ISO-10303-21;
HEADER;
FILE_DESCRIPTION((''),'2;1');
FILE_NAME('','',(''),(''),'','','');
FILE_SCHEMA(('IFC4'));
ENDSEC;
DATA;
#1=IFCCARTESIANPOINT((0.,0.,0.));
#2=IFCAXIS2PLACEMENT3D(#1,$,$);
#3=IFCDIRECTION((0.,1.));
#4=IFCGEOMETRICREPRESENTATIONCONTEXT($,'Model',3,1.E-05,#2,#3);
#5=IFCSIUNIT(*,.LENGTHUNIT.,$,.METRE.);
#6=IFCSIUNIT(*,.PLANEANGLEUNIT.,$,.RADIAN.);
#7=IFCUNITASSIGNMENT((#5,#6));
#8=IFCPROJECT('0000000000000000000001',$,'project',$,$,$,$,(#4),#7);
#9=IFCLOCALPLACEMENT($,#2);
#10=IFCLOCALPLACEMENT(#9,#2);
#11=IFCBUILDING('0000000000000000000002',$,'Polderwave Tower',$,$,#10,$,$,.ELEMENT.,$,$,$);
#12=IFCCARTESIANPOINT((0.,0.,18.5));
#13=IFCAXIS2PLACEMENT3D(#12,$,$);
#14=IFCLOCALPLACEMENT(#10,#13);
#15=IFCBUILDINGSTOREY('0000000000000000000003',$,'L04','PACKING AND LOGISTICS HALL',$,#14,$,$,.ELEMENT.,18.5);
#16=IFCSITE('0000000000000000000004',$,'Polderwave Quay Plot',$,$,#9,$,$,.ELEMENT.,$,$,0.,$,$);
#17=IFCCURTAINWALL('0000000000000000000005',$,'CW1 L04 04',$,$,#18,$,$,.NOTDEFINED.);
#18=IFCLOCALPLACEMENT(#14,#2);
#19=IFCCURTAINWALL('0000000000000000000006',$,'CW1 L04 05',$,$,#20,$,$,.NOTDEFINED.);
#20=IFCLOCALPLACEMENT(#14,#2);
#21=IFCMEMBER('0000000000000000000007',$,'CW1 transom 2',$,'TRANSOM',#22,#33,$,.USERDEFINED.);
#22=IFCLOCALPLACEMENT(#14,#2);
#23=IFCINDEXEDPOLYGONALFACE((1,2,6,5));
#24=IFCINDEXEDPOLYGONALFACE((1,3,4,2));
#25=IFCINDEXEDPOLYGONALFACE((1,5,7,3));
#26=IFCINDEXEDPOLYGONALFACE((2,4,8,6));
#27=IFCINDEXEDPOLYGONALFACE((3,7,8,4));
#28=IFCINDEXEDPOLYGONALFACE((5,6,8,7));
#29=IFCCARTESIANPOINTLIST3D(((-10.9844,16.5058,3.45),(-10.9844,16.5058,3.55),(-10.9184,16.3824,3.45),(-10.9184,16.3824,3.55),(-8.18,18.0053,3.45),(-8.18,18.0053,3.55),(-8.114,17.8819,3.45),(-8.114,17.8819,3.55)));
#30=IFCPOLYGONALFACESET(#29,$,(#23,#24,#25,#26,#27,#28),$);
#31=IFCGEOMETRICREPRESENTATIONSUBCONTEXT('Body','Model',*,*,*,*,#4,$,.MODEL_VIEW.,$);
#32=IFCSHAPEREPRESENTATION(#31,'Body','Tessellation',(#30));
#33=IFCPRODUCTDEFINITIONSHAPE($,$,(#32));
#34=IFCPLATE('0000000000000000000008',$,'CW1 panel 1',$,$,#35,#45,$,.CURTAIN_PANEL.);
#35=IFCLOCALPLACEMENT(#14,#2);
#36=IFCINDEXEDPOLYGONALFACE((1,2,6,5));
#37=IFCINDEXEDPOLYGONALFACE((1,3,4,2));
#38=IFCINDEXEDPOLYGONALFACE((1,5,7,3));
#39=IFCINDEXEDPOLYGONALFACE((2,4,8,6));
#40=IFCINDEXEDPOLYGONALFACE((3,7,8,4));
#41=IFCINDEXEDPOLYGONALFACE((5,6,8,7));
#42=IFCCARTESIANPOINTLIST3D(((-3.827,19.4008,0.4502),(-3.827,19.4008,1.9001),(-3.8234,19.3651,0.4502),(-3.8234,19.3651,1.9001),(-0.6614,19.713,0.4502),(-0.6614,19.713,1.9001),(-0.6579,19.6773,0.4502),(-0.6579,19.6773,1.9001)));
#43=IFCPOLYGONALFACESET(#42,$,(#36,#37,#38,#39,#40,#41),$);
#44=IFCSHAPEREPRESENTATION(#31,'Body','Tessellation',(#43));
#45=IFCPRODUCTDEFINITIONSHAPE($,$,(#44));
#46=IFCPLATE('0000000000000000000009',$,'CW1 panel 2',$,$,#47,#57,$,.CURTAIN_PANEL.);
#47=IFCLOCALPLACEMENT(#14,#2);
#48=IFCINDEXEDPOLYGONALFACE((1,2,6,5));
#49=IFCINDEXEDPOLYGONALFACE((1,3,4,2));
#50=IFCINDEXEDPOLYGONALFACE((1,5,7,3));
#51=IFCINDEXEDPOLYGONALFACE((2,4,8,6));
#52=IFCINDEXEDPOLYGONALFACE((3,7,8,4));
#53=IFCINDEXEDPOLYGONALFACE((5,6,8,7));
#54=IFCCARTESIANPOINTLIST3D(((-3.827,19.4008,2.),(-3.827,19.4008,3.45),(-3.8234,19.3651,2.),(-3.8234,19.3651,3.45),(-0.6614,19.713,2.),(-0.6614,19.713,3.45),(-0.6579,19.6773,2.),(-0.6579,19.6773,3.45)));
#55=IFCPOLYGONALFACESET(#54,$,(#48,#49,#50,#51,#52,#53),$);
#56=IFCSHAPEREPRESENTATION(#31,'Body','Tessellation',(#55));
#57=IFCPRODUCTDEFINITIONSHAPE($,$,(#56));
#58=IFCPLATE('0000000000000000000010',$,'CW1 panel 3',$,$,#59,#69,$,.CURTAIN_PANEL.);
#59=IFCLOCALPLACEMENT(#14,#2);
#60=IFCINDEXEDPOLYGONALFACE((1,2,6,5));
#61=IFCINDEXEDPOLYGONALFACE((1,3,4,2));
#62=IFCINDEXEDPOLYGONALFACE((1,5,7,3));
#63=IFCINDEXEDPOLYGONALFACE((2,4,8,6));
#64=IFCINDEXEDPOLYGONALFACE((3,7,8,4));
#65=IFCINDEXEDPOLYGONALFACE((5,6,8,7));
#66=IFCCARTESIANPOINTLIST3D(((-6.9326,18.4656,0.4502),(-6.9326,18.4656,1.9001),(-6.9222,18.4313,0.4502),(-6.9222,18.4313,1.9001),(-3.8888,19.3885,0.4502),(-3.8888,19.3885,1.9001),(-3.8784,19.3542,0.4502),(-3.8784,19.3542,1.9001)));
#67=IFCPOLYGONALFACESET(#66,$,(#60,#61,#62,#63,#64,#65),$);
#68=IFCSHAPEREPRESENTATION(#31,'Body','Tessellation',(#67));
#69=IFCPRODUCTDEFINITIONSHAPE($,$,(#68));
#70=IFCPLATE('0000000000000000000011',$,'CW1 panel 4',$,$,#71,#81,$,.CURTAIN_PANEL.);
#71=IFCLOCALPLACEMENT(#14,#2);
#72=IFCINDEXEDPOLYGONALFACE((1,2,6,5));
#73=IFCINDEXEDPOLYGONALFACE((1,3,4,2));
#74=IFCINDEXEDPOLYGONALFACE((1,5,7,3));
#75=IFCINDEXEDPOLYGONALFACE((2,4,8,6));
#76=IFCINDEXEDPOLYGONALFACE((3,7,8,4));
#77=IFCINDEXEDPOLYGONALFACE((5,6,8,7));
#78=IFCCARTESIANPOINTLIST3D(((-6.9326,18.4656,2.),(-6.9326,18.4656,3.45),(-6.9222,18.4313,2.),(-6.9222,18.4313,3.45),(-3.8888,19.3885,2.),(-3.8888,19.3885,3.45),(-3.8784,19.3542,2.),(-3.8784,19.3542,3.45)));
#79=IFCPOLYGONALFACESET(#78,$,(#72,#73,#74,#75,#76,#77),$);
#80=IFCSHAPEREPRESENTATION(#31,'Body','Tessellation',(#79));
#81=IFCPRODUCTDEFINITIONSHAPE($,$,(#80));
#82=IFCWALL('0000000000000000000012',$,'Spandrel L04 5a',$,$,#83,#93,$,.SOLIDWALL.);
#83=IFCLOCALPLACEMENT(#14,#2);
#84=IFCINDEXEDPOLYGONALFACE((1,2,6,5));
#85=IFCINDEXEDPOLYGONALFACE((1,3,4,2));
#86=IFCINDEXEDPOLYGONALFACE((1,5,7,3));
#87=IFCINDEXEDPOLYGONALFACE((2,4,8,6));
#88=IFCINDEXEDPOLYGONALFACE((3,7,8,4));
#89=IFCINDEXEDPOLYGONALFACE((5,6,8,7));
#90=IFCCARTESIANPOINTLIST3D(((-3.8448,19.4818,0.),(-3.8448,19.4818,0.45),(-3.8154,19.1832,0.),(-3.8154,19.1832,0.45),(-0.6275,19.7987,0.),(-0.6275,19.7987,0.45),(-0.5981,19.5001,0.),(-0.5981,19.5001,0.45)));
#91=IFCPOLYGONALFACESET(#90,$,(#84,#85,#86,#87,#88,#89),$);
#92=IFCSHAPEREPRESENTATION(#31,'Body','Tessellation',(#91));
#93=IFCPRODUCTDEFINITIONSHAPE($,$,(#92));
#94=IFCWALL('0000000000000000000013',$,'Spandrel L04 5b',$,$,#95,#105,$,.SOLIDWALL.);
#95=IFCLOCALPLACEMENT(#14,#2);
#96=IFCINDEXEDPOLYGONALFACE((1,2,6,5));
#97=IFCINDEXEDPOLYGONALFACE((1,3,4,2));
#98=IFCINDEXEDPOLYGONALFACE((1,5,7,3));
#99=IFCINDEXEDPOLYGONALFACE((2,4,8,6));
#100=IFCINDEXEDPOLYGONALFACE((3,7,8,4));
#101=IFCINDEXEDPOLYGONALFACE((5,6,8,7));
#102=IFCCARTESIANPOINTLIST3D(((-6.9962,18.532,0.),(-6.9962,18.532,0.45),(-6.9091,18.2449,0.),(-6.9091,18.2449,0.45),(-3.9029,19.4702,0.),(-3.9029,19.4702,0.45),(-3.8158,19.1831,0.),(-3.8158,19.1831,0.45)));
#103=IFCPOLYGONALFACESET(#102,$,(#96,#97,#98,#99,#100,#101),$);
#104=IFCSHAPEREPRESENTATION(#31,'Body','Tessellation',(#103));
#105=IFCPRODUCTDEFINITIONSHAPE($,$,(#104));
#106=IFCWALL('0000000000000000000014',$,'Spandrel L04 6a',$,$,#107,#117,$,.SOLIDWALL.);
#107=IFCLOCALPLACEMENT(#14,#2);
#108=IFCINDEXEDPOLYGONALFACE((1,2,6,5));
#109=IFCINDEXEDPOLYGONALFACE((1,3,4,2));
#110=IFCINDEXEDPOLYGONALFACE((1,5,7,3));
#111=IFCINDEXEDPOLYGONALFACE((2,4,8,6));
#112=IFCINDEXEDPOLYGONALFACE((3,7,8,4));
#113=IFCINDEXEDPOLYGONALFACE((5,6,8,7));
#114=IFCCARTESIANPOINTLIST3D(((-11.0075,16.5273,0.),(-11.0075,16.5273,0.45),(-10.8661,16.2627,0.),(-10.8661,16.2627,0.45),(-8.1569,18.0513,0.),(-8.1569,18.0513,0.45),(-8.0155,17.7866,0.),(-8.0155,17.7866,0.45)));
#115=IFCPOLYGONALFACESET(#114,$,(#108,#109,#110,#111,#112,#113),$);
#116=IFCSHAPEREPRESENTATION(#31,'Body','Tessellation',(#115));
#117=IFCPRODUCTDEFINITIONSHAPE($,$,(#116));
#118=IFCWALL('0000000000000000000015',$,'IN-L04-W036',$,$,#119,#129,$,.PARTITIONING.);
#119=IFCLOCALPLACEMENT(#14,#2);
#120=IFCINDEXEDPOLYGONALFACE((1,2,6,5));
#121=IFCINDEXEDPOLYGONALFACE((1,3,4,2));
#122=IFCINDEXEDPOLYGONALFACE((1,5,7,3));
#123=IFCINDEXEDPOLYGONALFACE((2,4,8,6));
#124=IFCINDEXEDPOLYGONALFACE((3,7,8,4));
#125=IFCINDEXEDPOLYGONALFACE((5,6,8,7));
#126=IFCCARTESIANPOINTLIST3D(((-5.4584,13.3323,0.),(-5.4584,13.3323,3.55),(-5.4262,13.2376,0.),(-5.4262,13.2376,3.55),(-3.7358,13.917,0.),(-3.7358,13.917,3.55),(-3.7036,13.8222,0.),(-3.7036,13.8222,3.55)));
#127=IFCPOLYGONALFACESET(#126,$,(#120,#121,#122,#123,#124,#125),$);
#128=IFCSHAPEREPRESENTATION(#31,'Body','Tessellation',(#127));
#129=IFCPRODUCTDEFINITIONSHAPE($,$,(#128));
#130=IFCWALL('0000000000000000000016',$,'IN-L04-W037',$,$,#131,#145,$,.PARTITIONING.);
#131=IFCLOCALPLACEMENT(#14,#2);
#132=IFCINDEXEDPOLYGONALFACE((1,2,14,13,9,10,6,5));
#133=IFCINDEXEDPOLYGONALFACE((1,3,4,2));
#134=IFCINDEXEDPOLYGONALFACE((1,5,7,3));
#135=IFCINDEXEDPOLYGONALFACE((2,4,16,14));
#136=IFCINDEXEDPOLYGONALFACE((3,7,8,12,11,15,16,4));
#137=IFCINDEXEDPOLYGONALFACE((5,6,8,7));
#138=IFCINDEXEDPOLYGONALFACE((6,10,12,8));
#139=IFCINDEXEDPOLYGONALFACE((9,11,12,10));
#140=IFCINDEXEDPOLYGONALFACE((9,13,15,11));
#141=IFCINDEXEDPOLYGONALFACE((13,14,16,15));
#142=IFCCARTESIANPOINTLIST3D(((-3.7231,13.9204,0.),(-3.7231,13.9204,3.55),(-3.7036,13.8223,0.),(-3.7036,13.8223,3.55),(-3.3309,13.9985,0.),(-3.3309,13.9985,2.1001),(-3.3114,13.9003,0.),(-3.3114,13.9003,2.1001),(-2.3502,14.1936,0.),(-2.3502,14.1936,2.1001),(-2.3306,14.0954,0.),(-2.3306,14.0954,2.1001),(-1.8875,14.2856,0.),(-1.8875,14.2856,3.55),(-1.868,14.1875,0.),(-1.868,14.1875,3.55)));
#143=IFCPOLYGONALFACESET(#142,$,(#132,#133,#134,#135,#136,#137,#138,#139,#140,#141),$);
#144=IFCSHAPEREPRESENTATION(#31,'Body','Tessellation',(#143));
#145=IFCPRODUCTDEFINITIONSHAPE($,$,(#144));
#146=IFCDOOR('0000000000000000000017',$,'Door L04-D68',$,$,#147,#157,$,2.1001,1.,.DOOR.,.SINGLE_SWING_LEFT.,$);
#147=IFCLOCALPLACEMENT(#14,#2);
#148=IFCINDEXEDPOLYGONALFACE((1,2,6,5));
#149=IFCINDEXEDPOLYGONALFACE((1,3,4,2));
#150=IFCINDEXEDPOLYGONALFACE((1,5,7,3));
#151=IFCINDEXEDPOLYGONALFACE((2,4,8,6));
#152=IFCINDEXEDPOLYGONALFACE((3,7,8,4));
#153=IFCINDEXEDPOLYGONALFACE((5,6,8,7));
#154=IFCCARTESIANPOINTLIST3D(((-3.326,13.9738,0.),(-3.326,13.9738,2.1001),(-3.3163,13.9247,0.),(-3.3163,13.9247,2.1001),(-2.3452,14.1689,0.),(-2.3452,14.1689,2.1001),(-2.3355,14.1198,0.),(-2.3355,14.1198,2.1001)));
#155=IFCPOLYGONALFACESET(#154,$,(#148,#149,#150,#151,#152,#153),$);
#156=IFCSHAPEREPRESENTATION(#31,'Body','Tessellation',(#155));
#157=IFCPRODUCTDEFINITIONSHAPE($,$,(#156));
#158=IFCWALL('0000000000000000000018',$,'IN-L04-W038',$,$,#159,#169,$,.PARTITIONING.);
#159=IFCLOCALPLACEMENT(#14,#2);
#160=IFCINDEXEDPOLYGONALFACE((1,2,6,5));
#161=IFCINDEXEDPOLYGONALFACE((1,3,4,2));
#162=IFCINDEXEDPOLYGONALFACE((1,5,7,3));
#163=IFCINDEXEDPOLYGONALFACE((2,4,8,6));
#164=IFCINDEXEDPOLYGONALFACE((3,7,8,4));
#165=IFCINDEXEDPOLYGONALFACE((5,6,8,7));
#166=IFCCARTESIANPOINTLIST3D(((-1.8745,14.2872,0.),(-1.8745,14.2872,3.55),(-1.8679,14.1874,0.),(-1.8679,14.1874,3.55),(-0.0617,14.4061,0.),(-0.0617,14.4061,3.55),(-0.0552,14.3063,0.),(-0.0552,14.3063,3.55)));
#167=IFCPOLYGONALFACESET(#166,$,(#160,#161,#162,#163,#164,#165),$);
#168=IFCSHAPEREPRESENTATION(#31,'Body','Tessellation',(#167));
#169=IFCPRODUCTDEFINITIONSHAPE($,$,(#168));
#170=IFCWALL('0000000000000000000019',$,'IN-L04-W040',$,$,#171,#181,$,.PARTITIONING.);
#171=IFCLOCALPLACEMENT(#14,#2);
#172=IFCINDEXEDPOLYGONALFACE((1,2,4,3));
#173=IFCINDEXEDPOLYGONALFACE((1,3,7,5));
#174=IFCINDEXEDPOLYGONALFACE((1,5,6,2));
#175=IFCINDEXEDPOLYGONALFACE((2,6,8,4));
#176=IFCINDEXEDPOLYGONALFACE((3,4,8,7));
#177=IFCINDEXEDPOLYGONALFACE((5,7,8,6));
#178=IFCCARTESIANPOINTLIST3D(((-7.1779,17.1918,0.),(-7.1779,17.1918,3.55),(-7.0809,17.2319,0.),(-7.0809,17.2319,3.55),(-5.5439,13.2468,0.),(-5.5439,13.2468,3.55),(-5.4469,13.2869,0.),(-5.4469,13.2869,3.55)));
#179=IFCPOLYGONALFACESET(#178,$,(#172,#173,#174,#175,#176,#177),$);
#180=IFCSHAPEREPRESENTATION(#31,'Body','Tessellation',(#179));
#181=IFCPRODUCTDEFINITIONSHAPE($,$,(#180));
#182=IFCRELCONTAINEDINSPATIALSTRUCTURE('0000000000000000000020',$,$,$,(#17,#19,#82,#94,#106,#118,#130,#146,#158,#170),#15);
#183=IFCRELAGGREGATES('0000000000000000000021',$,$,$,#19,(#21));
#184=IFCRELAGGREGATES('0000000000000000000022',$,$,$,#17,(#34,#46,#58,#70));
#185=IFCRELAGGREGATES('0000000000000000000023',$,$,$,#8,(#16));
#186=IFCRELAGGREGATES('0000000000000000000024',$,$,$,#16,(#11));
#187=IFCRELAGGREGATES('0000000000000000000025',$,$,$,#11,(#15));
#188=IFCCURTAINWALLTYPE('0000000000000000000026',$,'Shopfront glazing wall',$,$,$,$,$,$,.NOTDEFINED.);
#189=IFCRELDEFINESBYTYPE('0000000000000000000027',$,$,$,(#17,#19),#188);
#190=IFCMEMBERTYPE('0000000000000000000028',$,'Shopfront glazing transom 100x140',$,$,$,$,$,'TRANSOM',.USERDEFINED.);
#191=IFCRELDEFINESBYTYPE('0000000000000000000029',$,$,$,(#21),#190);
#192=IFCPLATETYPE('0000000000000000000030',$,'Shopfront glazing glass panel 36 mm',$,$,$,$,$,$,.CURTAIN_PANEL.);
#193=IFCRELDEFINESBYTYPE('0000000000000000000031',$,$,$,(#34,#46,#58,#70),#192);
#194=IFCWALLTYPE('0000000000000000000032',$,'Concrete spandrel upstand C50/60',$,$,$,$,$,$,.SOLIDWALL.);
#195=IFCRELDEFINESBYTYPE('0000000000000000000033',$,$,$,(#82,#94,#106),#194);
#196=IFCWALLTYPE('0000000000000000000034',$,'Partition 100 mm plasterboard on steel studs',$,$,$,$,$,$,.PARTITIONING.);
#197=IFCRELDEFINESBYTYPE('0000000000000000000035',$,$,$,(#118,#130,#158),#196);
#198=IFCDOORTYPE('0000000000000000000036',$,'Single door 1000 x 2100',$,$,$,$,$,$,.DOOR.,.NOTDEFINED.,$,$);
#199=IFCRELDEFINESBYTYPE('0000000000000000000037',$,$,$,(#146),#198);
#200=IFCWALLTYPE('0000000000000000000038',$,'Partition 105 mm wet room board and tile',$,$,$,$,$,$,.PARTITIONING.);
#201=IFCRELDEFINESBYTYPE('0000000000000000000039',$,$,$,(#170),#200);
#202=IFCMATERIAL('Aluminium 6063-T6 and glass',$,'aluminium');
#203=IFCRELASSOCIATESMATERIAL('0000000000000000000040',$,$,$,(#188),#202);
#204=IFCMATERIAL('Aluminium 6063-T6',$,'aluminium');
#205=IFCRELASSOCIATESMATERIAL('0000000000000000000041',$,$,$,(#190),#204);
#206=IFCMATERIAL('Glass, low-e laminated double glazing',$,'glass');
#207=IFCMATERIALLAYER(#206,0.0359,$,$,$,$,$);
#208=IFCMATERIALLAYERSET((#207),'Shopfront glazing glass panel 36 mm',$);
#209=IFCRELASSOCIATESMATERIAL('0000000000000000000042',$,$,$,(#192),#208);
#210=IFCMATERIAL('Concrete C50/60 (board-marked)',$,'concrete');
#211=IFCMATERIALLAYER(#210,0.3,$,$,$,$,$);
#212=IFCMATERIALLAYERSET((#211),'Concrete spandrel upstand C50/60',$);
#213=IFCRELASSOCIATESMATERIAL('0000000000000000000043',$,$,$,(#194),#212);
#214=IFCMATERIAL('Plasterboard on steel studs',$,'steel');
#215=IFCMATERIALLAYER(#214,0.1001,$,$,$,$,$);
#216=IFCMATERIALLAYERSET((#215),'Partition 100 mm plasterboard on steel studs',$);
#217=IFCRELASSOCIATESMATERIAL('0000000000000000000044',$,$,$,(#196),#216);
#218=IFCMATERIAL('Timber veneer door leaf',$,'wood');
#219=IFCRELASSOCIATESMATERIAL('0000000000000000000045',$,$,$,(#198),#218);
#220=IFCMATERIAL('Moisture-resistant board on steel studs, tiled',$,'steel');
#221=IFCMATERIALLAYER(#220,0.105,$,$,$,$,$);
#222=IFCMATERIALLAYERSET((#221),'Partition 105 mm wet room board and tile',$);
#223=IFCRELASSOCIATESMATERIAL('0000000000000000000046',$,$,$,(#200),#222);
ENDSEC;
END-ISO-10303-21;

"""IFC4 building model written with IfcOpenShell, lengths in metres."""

from ifc_helpers import new_model, si_unit, direction, frame, frame_2d, origin, origin_2d, place, context, subcontext, project, spatial, rectangle, extrude, material, layer, layer_set, material_profile, profile_set, type_object, element, fill, aggregate, save


model = new_model("IFC4")

# Units and contexts
model_context = context("Model", 3, precision=1e-05, world=origin(), true_north=direction((0.0, 1.0)))
body_context = subcontext(model_context, "Body", "Model", "MODEL_VIEW")
ifc_project = project(units=[si_unit("LENGTHUNIT", "METRE"), si_unit("PLANEANGLEUNIT", "RADIAN")], contexts=[model_context])

# Site, building, storey
site_placement = place(None, origin())
site = spatial("IfcSite", under=ifc_project, at=site_placement, Name="Polderwave Quay Plot", CompositionType="ELEMENT", RefElevation=0.0)
building_placement = place(site_placement, origin())
building = spatial("IfcBuilding", under=site, at=building_placement, Name="Polderwave Tower", CompositionType="ELEMENT")
storey_placement = place(building_placement, frame((0.0, 0.0, 18.5)))
storey = spatial("IfcBuildingStorey", under=building, at=storey_placement, Name="L04", Description="PACKING AND LOGISTICS HALL", CompositionType="ELEMENT", Elevation=18.5)

# Curtain wall
ifc_material_1 = material(Name="Aluminium 6063-T6 and glass", Category="aluminium")
curtain_wall_type = type_object("IfcCurtainWallType", Name="Shopfront glazing wall", PredefinedType="NOTDEFINED", material=ifc_material_1)
curtain_wall_1_placement = place(storey_placement, origin())
curtain_wall_1 = element("IfcCurtainWall", 1, at=curtain_wall_1_placement, inside=storey, type_object=curtain_wall_type, Name="CW1 L04 04", PredefinedType="NOTDEFINED")
ifc_material_2 = material(Name="Aluminium 6063-T6", Category="aluminium")

# Curtain wall
curtain_wall_2_placement = place(storey_placement, origin())
curtain_wall_2 = element("IfcCurtainWall", 2, at=curtain_wall_2_placement, inside=storey, type_object=curtain_wall_type, Name="CW1 L04 05", PredefinedType="NOTDEFINED")

# Member
ifc_material_profile_1 = material_profile(ifc_material_2, rectangle(XDim=0.1399, YDim=0.1001, at=origin_2d()), Name="AL 100x140")
ifc_profile_set_1 = profile_set([ifc_material_profile_1], Name="Aluminium 6063-T6")
member_type_1 = type_object("IfcMemberType", Name="Shopfront glazing transom 100x140", ElementType="TRANSOM", PredefinedType="USERDEFINED", material=ifc_profile_set_1)
member_1_placement = place(storey_placement, frame((-8.147, 17.9436, 3.5), z_axis=(-0.881855, -0.47152, 0.0), x_axis=(0.47152, -0.881855, 0.0)))
member_1 = element("IfcMember", 3, at=member_1_placement, type_object=member_type_1, Name="CW1 transom 2", ObjectType="TRANSOM", PredefinedType="USERDEFINED", context=body_context, shape_type="SweptSolid", body=[
    extrude(rectangle(XDim=0.1399, YDim=0.1001, at=origin_2d()), origin(), (0.0, 0.0, 1.0), 3.1802),
])
aggregate(curtain_wall_2, [member_1])

# Plates
ifc_material_3 = material(Name="Glass, low-e laminated double glazing", Category="glass")
ifc_layer_1 = layer(ifc_material_3, 0.0359)
ifc_layer_set_1 = layer_set([ifc_layer_1], Name="Shopfront glazing glass panel 36 mm")
plate_type = type_object("IfcPlateType", Name="Shopfront glazing glass panel 36 mm", PredefinedType="CURTAIN_PANEL", material=ifc_layer_set_1)
plate_1_placement = place(storey_placement, frame((-2.2424, 19.5391, 0.4502), z_axis=(0.0, 0.0, 1.0), x_axis=(-0.995172, -0.098142, 0.0)))
plate_1 = element("IfcPlate", 4, at=plate_1_placement, type_object=plate_type, Name="CW1 panel 1", PredefinedType="CURTAIN_PANEL", context=body_context, shape_type="SweptSolid", body=[
    extrude(rectangle(XDim=3.1809, YDim=0.0359, at=origin_2d()), origin(), (0.0, 0.0, 1.0), 1.45),
])
plate_2_placement = place(storey_placement, frame((-2.2424, 19.5391, 2.0), z_axis=(0.0, 0.0, 1.0), x_axis=(-0.995172, -0.098142, 0.0)))
plate_2 = element("IfcPlate", 5, at=plate_2_placement, type_object=plate_type, Name="CW1 panel 2", PredefinedType="CURTAIN_PANEL", context=body_context, shape_type="SweptSolid", body=[
    extrude(rectangle(XDim=3.1809, YDim=0.0359, at=origin_2d()), origin(), (0.0, 0.0, 1.0), 1.45),
])
plate_3_placement = place(storey_placement, frame((-5.4055, 18.9099, 0.4502), z_axis=(0.0, 0.0, 1.0), x_axis=(-0.956981, -0.290151, 0.0)))
plate_3 = element("IfcPlate", 6, at=plate_3_placement, type_object=plate_type, Name="CW1 panel 3", PredefinedType="CURTAIN_PANEL", context=body_context, shape_type="SweptSolid", body=[
    extrude(rectangle(XDim=3.1807, YDim=0.0359, at=origin_2d()), origin(), (0.0, 0.0, 1.0), 1.45),
])
plate_4_placement = place(storey_placement, frame((-5.4055, 18.9099, 2.0), z_axis=(0.0, 0.0, 1.0), x_axis=(-0.956981, -0.290151, 0.0)))
plate_4 = element("IfcPlate", 7, at=plate_4_placement, type_object=plate_type, Name="CW1 panel 4", PredefinedType="CURTAIN_PANEL", context=body_context, shape_type="SweptSolid", body=[
    extrude(rectangle(XDim=3.1807, YDim=0.0359, at=origin_2d()), origin(), (0.0, 0.0, 1.0), 1.45),
])
aggregate(curtain_wall_1, [plate_1, plate_2, plate_3, plate_4])

# Walls
ifc_material_4 = material(Name="Concrete C50/60 (board-marked)", Category="concrete")
ifc_layer_2 = layer(ifc_material_4, 0.3)
ifc_layer_set_2 = layer_set([ifc_layer_2], Name="Concrete spandrel upstand C50/60")
wall_type_1 = type_object("IfcWallType", Name="Concrete spandrel upstand C50/60", PredefinedType="SOLIDWALL", material=ifc_layer_set_2)
wall_1_placement = place(storey_placement, frame((-0.6128, 19.6494, 0.0), z_axis=(0.0, 0.0, 1.0), x_axis=(-0.995184, -0.098023, 0.0)))
element("IfcWall", 8, at=wall_1_placement, inside=storey, type_object=wall_type_1, Name="Spandrel L04 5a", PredefinedType="SOLIDWALL", context=body_context, shape_type="SweptSolid", body=[
    extrude(rectangle(XDim=3.2329, YDim=0.3, at=frame_2d((1.6165, 0.0))), origin(), (0.0, 0.0, 1.0), 0.45),
])
for number, where, z_axis, x_axis, name in (
    (9, (-3.8594, 19.3267, 0.0), (0.0, 0.0, 1.0), (-0.956949, -0.290257, 0.0), "Spandrel L04 5b"),
    (10, (-8.0862, 17.9189, 0.0), (0.0, 0.0, 1.0), (-0.881888, -0.471458, 0.0), "Spandrel L04 6a"),
):
    element("IfcWall", number, at=place(storey_placement, frame(where, z_axis=z_axis, x_axis=x_axis)), inside=storey, type_object=wall_type_1, Name=name, PredefinedType="SOLIDWALL", context=body_context, shape_type="SweptSolid", body=[
        extrude(rectangle(XDim=3.2324, YDim=0.3, at=frame_2d((1.6162, 0.0))), origin(), (0.0, 0.0, 1.0), 0.45),
    ])
ifc_material_5 = material(Name="Plasterboard on steel studs", Category="steel")
ifc_layer_3 = layer(ifc_material_5, 0.1001)
ifc_layer_set_3 = layer_set([ifc_layer_3], Name="Partition 100 mm plasterboard on steel studs")
wall_type_2 = type_object("IfcWallType", Name="Partition 100 mm plasterboard on steel studs", PredefinedType="PARTITIONING", material=ifc_layer_set_3)
wall_2_placement = place(storey_placement, frame((-5.4424, 13.2849, 0.0), z_axis=(0.0, 0.0, 1.0), x_axis=(0.946938, 0.321417, 0.0)))
element("IfcWall", 11, at=wall_2_placement, inside=storey, type_object=wall_type_2, Name="IN-L04-W036", PredefinedType="PARTITIONING", context=body_context, shape_type="SweptSolid", body=[
    extrude(rectangle(XDim=1.8191, YDim=0.1001, at=frame_2d((0.9097, 0.0))), origin(), (0.0, 0.0, 1.0), 3.55),
])

# Wall, opening, door
wall_3_placement = place(storey_placement, frame((-3.7134, 13.8713, 0.0), z_axis=(0.0, 0.0, 1.0), x_axis=(0.980776, 0.195138, 0.0)))
wall_3 = element("IfcWall", 12, at=wall_3_placement, inside=storey, type_object=wall_type_2, Name="IN-L04-W037", PredefinedType="PARTITIONING", context=body_context, shape_type="SweptSolid", body=[
    extrude(rectangle(XDim=1.8716, YDim=0.1001, at=frame_2d((0.9358, 0.0))), origin(), (0.0, 0.0, 1.0), 3.55),
])
opening_placement = place(wall_3_placement, frame((0.3999, 0.0, 0.0)))
opening = element("IfcOpeningElement", 13, at=opening_placement, cuts=wall_3, PredefinedType="OPENING", context=body_context, shape_type="SweptSolid", body=[
    extrude(rectangle(XDim=1.0, YDim=2.1001, at=frame_2d((0.5, 1.05))), frame((0.0, 0.0601, 0.0), z_axis=(0.0, -1.0, 0.0), x_axis=(1.0, 0.0, 0.0)), (0.0, 0.0, 1.0), 0.1201),
])
ifc_material_6 = material(Name="Timber veneer door leaf", Category="wood")
door_type = type_object("IfcDoorType", Name="Single door 1000 x 2100", OperationType="NOTDEFINED", PredefinedType="DOOR", material=ifc_material_6)
door_placement = place(opening_placement, origin())
door = element("IfcDoor", 14, at=door_placement, inside=storey, type_object=door_type, Name="Door L04-D68", OperationType="SINGLE_SWING_LEFT", OverallHeight=2.1001, OverallWidth=1.0, PredefinedType="DOOR", context=body_context, shape_type="SweptSolid", body=[
    extrude(rectangle(XDim=1.0, YDim=2.1001, at=frame_2d((0.5, 1.05))), frame((0.0, 0.0249, 0.0), z_axis=(0.0, -1.0, 0.0), x_axis=(1.0, 0.0, 0.0)), (0.0, 0.0, 1.0), 0.05),
])
fill(opening, door)

# Walls
wall_4_placement = place(storey_placement, frame((-1.8711, 14.2373, 0.0), z_axis=(0.0, 0.0, 1.0), x_axis=(0.997856, 0.065449, 0.0)))
element("IfcWall", 15, at=wall_4_placement, inside=storey, type_object=wall_type_2, Name="IN-L04-W038", PredefinedType="PARTITIONING", context=body_context, shape_type="SweptSolid", body=[
    extrude(rectangle(XDim=1.8167, YDim=0.1001, at=frame_2d((0.9082, 0.0))), origin(), (0.0, 0.0, 1.0), 3.55),
])
ifc_material_7 = material(Name="Moisture-resistant board on steel studs, tiled", Category="steel")
ifc_layer_4 = layer(ifc_material_7, 0.105)
ifc_layer_set_4 = layer_set([ifc_layer_4], Name="Partition 105 mm wet room board and tile")
wall_type_3 = type_object("IfcWallType", Name="Partition 105 mm wet room board and tile", PredefinedType="PARTITIONING", material=ifc_layer_set_4)
wall_5_placement = place(storey_placement, frame((-5.4954, 13.2668, 0.0), z_axis=(0.0, 0.0, 1.0), x_axis=(-0.38267, 0.923885, 0.0)))
element("IfcWall", 16, at=wall_5_placement, inside=storey, type_object=wall_type_3, Name="IN-L04-W040", PredefinedType="PARTITIONING", context=body_context, shape_type="SweptSolid", body=[
    extrude(rectangle(XDim=4.27, YDim=0.105, at=frame_2d((2.135, 0.0))), origin(), (0.0, 0.0, 1.0), 3.55),
])

save(model, "model.ifc")
